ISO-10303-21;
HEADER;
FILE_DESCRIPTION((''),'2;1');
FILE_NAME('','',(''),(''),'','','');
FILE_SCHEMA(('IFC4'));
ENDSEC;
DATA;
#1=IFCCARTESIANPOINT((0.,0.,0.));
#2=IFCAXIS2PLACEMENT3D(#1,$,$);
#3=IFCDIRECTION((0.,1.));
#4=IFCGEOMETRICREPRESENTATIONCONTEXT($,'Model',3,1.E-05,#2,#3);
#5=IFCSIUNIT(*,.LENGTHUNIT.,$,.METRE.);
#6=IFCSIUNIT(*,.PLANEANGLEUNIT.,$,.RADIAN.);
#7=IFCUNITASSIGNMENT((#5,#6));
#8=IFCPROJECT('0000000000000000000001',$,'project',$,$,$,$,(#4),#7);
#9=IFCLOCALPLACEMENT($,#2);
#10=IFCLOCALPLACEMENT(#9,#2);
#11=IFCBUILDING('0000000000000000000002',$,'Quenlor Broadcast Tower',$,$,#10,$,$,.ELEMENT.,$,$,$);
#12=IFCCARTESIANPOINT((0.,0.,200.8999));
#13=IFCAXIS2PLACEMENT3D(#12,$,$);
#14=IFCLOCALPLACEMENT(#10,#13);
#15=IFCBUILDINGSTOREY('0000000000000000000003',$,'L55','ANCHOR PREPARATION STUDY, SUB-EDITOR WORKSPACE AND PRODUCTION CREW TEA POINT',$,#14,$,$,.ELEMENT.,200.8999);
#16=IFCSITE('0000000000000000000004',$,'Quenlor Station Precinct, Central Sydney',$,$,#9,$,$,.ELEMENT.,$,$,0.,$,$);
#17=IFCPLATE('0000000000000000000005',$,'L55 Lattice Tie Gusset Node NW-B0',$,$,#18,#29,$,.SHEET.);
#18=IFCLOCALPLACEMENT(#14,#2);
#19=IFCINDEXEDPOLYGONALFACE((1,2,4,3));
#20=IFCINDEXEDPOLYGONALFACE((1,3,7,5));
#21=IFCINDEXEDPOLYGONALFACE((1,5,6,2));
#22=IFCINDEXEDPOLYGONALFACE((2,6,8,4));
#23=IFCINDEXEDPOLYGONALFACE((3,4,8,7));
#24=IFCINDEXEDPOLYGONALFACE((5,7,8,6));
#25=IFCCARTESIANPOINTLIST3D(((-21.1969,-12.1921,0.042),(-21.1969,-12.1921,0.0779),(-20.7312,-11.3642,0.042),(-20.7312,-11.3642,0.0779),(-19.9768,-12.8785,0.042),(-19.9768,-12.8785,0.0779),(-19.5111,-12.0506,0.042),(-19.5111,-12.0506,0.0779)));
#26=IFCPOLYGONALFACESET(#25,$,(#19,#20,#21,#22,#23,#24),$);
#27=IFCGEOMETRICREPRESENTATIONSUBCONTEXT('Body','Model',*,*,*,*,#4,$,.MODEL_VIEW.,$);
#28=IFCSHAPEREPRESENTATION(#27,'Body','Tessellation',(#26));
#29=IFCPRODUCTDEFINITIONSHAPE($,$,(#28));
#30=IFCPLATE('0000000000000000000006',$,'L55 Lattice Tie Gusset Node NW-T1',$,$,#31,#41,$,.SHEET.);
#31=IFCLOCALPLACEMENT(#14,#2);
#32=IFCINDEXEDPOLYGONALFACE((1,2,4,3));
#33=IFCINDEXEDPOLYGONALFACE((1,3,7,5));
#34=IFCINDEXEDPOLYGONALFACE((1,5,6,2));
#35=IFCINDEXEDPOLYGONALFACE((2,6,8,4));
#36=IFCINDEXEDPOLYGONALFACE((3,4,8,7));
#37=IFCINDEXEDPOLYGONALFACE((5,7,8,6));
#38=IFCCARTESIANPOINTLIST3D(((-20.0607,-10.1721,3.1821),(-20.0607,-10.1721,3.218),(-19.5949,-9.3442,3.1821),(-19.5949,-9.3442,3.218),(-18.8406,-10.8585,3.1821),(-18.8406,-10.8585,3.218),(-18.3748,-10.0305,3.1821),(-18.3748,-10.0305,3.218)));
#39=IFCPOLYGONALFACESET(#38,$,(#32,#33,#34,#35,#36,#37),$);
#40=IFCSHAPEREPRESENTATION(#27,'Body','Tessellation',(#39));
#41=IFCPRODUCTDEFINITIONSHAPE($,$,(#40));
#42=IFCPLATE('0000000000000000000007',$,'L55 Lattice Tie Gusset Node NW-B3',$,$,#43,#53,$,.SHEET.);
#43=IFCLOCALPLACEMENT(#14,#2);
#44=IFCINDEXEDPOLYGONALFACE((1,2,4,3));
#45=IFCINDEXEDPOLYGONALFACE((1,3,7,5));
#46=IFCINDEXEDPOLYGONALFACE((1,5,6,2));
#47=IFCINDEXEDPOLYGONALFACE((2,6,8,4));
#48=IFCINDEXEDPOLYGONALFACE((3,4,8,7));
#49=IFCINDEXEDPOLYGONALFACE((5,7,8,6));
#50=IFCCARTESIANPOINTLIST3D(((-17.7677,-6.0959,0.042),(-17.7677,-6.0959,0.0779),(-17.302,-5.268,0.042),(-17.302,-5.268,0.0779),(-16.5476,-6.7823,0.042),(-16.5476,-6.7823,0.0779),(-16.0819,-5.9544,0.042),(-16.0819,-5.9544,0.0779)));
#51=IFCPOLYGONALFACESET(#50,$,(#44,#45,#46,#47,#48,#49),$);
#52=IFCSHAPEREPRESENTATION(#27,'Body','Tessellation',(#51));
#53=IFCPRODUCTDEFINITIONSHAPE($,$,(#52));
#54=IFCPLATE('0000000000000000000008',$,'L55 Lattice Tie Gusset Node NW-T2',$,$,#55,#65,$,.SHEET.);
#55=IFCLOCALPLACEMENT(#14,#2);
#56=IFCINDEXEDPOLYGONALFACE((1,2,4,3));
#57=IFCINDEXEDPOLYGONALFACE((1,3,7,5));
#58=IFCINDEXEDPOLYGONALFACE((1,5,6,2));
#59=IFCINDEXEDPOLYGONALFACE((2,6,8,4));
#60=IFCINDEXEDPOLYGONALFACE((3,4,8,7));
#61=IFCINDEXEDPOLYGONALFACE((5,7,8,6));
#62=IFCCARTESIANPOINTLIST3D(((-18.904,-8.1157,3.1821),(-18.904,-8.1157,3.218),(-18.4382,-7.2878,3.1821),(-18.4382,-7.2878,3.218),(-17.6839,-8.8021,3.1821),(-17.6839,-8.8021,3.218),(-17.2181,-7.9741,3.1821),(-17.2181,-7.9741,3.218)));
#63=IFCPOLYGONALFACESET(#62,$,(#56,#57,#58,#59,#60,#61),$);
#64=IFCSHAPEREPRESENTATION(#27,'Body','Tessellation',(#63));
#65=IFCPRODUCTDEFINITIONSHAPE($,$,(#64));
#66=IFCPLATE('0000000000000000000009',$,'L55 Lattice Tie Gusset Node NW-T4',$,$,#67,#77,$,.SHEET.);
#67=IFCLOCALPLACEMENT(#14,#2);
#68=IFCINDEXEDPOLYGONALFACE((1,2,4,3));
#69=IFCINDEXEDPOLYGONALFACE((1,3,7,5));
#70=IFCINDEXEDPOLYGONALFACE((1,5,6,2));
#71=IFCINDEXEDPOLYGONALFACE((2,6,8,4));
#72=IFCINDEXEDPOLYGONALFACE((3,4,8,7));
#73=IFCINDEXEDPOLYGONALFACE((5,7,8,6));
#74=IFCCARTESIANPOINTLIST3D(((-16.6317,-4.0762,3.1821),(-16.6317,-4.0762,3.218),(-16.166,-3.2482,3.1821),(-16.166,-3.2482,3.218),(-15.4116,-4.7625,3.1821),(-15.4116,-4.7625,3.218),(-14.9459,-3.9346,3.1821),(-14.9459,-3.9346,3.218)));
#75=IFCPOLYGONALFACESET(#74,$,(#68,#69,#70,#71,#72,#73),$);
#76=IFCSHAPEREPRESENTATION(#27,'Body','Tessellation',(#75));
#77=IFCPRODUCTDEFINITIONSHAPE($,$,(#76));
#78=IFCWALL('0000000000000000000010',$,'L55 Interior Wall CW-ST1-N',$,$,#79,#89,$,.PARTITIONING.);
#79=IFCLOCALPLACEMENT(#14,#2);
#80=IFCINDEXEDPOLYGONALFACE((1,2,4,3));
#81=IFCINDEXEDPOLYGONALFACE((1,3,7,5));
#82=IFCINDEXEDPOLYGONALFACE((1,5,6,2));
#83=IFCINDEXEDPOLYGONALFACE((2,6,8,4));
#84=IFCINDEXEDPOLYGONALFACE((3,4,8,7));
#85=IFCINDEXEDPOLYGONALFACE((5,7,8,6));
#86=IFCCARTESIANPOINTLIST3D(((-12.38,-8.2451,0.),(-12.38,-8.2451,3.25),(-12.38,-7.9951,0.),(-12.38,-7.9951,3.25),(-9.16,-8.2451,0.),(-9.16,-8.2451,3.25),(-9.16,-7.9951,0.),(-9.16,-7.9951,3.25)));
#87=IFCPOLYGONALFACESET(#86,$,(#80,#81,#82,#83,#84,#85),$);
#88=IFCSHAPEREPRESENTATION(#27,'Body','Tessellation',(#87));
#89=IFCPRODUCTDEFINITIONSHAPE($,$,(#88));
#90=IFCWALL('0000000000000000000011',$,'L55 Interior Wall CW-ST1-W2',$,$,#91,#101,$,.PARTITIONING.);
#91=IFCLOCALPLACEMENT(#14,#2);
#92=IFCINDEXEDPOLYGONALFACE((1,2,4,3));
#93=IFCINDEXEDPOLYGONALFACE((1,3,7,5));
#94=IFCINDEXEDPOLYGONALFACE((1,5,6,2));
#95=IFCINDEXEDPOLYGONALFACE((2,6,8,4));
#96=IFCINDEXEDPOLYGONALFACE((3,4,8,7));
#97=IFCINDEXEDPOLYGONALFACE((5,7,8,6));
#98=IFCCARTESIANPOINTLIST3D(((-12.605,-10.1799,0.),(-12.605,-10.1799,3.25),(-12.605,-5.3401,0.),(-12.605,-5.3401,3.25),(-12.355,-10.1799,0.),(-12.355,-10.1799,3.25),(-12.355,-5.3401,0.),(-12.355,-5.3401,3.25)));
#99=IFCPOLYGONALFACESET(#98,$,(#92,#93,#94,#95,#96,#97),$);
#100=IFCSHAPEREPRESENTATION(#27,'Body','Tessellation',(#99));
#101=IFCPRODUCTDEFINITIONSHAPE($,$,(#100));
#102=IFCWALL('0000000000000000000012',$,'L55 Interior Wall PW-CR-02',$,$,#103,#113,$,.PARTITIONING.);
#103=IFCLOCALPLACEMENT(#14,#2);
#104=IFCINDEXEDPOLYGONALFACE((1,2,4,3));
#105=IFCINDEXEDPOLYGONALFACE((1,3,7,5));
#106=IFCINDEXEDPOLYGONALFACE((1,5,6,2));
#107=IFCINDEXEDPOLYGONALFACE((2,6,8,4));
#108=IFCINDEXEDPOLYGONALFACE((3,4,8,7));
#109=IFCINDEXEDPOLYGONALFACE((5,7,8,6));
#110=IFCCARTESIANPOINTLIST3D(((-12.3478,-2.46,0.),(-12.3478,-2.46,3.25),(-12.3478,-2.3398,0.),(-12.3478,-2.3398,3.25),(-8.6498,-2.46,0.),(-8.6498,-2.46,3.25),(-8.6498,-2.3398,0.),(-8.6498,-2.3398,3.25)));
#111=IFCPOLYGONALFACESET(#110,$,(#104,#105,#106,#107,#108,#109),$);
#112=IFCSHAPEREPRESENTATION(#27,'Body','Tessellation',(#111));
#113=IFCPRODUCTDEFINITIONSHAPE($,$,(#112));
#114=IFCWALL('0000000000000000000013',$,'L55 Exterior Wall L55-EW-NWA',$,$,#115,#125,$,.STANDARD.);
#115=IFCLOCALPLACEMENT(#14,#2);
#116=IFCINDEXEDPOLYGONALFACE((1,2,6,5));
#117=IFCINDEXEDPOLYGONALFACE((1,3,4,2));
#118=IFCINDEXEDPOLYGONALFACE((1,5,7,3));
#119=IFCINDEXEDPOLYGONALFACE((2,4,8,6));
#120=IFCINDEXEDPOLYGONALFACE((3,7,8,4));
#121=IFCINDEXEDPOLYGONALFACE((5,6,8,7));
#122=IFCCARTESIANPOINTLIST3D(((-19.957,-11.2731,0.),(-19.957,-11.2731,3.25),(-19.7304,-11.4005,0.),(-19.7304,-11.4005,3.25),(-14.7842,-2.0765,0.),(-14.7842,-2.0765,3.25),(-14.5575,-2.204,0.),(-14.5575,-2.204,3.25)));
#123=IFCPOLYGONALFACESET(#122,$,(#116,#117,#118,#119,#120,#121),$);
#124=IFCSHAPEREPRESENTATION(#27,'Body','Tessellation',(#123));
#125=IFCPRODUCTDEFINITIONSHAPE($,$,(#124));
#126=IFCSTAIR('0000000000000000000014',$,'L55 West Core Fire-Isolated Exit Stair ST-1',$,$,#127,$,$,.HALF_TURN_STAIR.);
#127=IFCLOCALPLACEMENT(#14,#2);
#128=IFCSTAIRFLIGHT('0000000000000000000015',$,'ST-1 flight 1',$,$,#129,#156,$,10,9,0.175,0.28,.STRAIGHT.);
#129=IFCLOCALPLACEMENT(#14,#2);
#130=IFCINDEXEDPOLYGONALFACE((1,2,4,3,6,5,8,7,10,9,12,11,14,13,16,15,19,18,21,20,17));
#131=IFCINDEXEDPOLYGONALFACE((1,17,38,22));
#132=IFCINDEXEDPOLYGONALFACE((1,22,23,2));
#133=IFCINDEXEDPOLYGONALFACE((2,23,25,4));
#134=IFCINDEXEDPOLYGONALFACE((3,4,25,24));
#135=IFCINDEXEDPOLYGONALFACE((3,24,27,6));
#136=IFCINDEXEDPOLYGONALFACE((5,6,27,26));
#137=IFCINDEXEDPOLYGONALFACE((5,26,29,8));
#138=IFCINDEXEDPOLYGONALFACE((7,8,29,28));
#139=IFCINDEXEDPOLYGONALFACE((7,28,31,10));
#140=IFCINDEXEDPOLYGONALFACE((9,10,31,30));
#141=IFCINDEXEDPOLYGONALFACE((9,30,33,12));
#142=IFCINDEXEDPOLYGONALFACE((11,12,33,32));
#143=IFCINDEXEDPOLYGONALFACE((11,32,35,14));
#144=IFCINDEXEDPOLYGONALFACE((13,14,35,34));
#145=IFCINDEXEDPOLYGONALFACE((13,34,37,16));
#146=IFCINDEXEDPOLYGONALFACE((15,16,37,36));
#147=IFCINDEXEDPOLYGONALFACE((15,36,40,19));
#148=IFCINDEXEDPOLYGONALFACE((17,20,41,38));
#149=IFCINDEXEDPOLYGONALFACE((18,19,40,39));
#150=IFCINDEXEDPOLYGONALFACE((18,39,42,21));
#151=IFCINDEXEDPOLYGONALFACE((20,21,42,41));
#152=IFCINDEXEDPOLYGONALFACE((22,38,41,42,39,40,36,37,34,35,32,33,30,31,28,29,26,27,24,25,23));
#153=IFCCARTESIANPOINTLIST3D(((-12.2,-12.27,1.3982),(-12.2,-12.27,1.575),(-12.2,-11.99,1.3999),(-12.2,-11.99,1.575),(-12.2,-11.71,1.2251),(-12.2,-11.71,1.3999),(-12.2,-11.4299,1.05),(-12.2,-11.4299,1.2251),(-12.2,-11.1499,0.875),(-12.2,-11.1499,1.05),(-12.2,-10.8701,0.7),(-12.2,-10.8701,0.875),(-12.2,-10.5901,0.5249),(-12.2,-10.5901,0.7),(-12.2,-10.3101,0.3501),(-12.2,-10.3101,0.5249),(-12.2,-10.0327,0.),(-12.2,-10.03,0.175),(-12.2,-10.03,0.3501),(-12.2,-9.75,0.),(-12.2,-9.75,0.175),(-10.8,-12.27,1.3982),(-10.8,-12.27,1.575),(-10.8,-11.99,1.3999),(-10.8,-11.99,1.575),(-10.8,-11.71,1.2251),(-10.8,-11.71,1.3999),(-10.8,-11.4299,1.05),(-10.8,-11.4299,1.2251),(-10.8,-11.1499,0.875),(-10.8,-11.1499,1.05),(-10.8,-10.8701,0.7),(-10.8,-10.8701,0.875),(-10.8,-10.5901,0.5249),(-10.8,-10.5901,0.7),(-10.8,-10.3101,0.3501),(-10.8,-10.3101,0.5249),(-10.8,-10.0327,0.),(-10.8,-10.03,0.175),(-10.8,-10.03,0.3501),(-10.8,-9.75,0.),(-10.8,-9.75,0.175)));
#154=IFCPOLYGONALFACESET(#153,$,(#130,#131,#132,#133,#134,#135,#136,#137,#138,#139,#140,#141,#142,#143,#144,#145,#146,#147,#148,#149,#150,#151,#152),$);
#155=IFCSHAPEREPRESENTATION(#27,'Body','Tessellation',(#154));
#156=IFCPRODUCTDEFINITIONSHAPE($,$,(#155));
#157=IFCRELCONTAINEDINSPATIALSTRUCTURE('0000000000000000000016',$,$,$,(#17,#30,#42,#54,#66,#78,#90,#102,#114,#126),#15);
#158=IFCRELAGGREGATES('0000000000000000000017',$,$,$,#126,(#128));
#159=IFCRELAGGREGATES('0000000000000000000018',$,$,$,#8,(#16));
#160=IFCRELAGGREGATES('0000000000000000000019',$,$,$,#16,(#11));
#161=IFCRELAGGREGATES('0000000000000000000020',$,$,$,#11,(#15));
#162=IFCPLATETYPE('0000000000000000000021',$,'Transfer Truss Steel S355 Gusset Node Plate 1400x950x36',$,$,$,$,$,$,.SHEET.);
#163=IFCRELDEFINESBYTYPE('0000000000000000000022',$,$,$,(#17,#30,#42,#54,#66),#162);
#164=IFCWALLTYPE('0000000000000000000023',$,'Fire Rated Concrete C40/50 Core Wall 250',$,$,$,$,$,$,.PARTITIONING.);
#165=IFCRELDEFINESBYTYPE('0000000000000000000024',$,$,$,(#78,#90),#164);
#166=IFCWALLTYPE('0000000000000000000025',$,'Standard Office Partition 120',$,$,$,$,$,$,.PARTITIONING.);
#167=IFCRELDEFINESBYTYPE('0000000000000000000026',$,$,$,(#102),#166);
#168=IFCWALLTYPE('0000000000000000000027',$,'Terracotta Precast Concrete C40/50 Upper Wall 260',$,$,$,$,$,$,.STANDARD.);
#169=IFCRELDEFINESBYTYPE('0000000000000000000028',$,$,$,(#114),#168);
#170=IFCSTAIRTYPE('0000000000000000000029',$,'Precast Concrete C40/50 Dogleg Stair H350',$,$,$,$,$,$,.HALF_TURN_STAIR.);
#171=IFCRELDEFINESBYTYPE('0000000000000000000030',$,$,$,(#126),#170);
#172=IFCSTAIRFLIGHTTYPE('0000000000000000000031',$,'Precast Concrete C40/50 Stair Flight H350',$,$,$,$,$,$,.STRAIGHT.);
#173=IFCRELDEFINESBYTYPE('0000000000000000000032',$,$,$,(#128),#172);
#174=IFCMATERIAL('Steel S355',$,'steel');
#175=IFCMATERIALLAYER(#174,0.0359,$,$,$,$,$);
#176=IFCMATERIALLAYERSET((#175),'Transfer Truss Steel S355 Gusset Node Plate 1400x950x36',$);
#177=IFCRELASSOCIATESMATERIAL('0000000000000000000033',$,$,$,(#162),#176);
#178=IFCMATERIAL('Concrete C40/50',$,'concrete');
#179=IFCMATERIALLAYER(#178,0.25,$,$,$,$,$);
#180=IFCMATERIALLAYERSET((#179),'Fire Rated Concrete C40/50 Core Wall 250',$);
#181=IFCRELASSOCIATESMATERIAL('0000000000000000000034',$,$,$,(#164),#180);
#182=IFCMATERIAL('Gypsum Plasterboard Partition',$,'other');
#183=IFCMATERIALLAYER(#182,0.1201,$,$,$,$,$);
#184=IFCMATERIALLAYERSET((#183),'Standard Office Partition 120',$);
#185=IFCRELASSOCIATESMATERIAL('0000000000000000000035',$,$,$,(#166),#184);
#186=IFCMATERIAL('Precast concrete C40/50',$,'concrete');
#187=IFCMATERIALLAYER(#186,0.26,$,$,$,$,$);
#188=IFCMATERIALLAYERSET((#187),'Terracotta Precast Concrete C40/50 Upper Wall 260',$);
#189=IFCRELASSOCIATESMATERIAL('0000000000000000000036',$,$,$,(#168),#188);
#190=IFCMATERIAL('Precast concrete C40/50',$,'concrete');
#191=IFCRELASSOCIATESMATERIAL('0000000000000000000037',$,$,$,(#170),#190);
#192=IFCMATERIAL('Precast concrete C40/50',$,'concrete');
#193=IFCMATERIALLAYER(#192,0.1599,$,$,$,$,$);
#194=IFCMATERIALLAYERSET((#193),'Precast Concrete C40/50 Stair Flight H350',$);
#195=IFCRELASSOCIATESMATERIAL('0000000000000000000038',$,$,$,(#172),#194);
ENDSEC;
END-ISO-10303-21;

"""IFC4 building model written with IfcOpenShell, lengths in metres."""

from ifc_helpers import new_model, si_unit, direction, frame, frame_2d, origin, origin_2d, place, context, subcontext, project, spatial, polyline, rectangle, outline, extrude, material, layer, layer_set, type_object, element, aggregate, save


model = new_model("IFC4")

# Units and contexts
model_context = context("Model", 3, precision=1e-05, world=origin(), true_north=direction((0.0, 1.0)))
body_context = subcontext(model_context, "Body", "Model", "MODEL_VIEW")
ifc_project = project(units=[si_unit("LENGTHUNIT", "METRE"), si_unit("PLANEANGLEUNIT", "RADIAN")], contexts=[model_context])

# Site, building, storey
site_placement = place(None, origin())
site = spatial("IfcSite", under=ifc_project, at=site_placement, Name="Quenlor Station Precinct, Central Sydney", CompositionType="ELEMENT", RefElevation=0.0)
building_placement = place(site_placement, origin())
building = spatial("IfcBuilding", under=site, at=building_placement, Name="Quenlor Broadcast Tower", CompositionType="ELEMENT")
storey_placement = place(building_placement, frame((0.0, 0.0, 200.8999)))
storey = spatial("IfcBuildingStorey", under=building, at=storey_placement, Name="L55", Description="ANCHOR PREPARATION STUDY, SUB-EDITOR WORKSPACE AND PRODUCTION CREW TEA POINT", CompositionType="ELEMENT", Elevation=200.8999)

# Plates
ifc_material_1 = material(Name="Steel S355", Category="steel")
ifc_layer_1 = layer(ifc_material_1, 0.0359)
ifc_layer_set_1 = layer_set([ifc_layer_1], Name="Transfer Truss Steel S355 Gusset Node Plate 1400x950x36")
plate_type = type_object("IfcPlateType", Name="Transfer Truss Steel S355 Gusset Node Plate 1400x950x36", PredefinedType="SHEET", material=ifc_layer_set_1)
for number, where, z_axis, x_axis, name in (
    (1, (-20.354, -12.1213, 0.042), (0.0, 0.0, 1.0), (-0.871556, 0.490295, 0.0), "L55 Lattice Tie Gusset Node NW-B0"),
    (2, (-19.2178, -10.1013, 3.1821), (0.0, 0.0, 1.0), (-0.871556, 0.490295, 0.0), "L55 Lattice Tie Gusset Node NW-T1"),
    (3, (-16.9248, -6.0251, 0.042), (0.0, 0.0, 1.0), (-0.871556, 0.490295, 0.0), "L55 Lattice Tie Gusset Node NW-B3"),
    (4, (-18.061, -8.0449, 3.1821), (0.0, 0.0, 1.0), (-0.871556, 0.490295, 0.0), "L55 Lattice Tie Gusset Node NW-T2"),
    (5, (-15.7888, -4.0054, 3.1821), (0.0, 0.0, 1.0), (-0.871556, 0.490295, 0.0), "L55 Lattice Tie Gusset Node NW-T4"),
):
    element("IfcPlate", number, at=place(storey_placement, frame(where, z_axis=z_axis, x_axis=x_axis)), inside=storey, type_object=plate_type, Name=name, PredefinedType="SHEET", context=body_context, shape_type="SweptSolid", body=[
        extrude(rectangle(XDim=1.3999, YDim=0.95, at=origin_2d()), origin(), (0.0, 0.0, 1.0), 0.0359),
    ])

# Walls
ifc_material_2 = material(Name="Concrete C40/50", Category="concrete")
ifc_layer_2 = layer(ifc_material_2, 0.25)
ifc_layer_set_2 = layer_set([ifc_layer_2], Name="Fire Rated Concrete C40/50 Core Wall 250")
wall_type_1 = type_object("IfcWallType", Name="Fire Rated Concrete C40/50 Core Wall 250", PredefinedType="PARTITIONING", material=ifc_layer_set_2)
wall_1_placement = place(storey_placement, frame((-12.3799, -8.1201, 0.0), z_axis=(0.0, 0.0, 1.0), x_axis=(1.0, 0.0, 0.0)))
element("IfcWall", 6, at=wall_1_placement, inside=storey, type_object=wall_type_1, Name="L55 Interior Wall CW-ST1-N", PredefinedType="PARTITIONING", context=body_context, shape_type="SweptSolid", body=[
    extrude(rectangle(XDim=3.22, YDim=0.25, at=frame_2d((1.6099, 0.0))), origin(), (0.0, 0.0, 1.0), 3.25),
])
wall_2_placement = place(storey_placement, frame((-12.48, -10.1799, 0.0), z_axis=(0.0, 0.0, 1.0), x_axis=(0.0, 1.0, 0.0)))
element("IfcWall", 7, at=wall_2_placement, inside=storey, type_object=wall_type_1, Name="L55 Interior Wall CW-ST1-W2", PredefinedType="PARTITIONING", context=body_context, shape_type="SweptSolid", body=[
    extrude(rectangle(XDim=4.8398, YDim=0.25, at=frame_2d((2.4199, 0.0))), origin(), (0.0, 0.0, 1.0), 3.25),
])

# Shared definitions
ifc_material_3 = material(Name="Gypsum Plasterboard Partition", Category="other")
ifc_layer_3 = layer(ifc_material_3, 0.1201)
ifc_layer_set_3 = layer_set([ifc_layer_3], Name="Standard Office Partition 120")
wall_type_2 = type_object("IfcWallType", Name="Standard Office Partition 120", PredefinedType="PARTITIONING", material=ifc_layer_set_3)

# Walls
wall_3_placement = place(storey_placement, frame((-12.3479, -2.3999, 0.0), z_axis=(0.0, 0.0, 1.0), x_axis=(1.0, 0.0, 0.0)))
element("IfcWall", 8, at=wall_3_placement, inside=storey, type_object=wall_type_2, Name="L55 Interior Wall PW-CR-02", PredefinedType="PARTITIONING", context=body_context, shape_type="SweptSolid", body=[
    extrude(rectangle(XDim=3.698, YDim=0.1201, at=frame_2d((1.8491, 0.0))), origin(), (0.0, 0.0, 1.0), 3.25),
])
ifc_material_4 = material(Name="Precast concrete C40/50", Category="concrete")
ifc_layer_4 = layer(ifc_material_4, 0.26)
ifc_layer_set_4 = layer_set([ifc_layer_4], Name="Terracotta Precast Concrete C40/50 Upper Wall 260")
wall_type_3 = type_object("IfcWallType", Name="Terracotta Precast Concrete C40/50 Upper Wall 260", PredefinedType="STANDARD", material=ifc_layer_set_4)
wall_4_placement = place(storey_placement, frame((-19.8438, -11.3369, 0.0), z_axis=(0.0, 0.0, 1.0), x_axis=(0.490247, 0.871584, 0.0)))
element("IfcWall", 9, at=wall_4_placement, inside=storey, type_object=wall_type_3, Name="L55 Exterior Wall L55-EW-NWA", PredefinedType="STANDARD", context=body_context, shape_type="SweptSolid", body=[
    extrude(rectangle(XDim=10.5515, YDim=0.26, at=frame_2d((5.2759, 0.0))), origin(), (0.0, 0.0, 1.0), 3.25),
])

# Stair, stair flight
ifc_material_5 = material(Name="Precast concrete C40/50", Category="concrete")
stair_type = type_object("IfcStairType", Name="Precast Concrete C40/50 Dogleg Stair H350", PredefinedType="HALF_TURN_STAIR", material=ifc_material_5)
stair_placement = place(storey_placement, origin())
stair = element("IfcStair", 10, at=stair_placement, inside=storey, type_object=stair_type, Name="L55 West Core Fire-Isolated Exit Stair ST-1", PredefinedType="HALF_TURN_STAIR")
ifc_material_6 = material(Name="Precast concrete C40/50", Category="concrete")
ifc_layer_5 = layer(ifc_material_6, 0.1599)
ifc_layer_set_5 = layer_set([ifc_layer_5], Name="Precast Concrete C40/50 Stair Flight H350")
stair_flight_type = type_object("IfcStairFlightType", Name="Precast Concrete C40/50 Stair Flight H350", PredefinedType="STRAIGHT", material=ifc_layer_set_5)
stair_flight_placement = place(storey_placement, frame((-11.5, -9.75, 0.0), z_axis=(0.0, 0.0, 1.0), x_axis=(0.0, -1.0, 0.0)))
stair_flight = element("IfcStairFlight", 11, at=stair_flight_placement, type_object=stair_flight_type, Name="ST-1 flight 1", NumberOfRisers=10, NumberOfTreads=9, PredefinedType="STRAIGHT", RiserHeight=0.175, TreadLength=0.28, context=body_context, shape_type="SweptSolid", body=[
    extrude(outline(polyline([(0.0, 0.0), (0.0, 0.175), (0.28, 0.175), (0.28, 0.3501), (0.5601, 0.3501), (0.5601, 0.5249), (0.8401, 0.5249), (0.8401, 0.7), (1.1201, 0.7), (1.1201, 0.875), (1.3999, 0.875), (1.3999, 1.05), (1.6799, 1.05), (1.6799, 1.2251), (1.96, 1.2251), (1.96, 1.3999), (2.24, 1.3999), (2.24, 1.575), (2.52, 1.575), (2.52, 1.75), (2.52, 1.3982), (0.2827, 0.0), (0.0, 0.0)])), frame((0.0, 0.7, 0.0), z_axis=(0.0, -1.0, 0.0), x_axis=(1.0, 0.0, 0.0)), (0.0, 0.0, 1.0), 1.3999),
])
aggregate(stair, [stair_flight])

save(model, "model.ifc")
